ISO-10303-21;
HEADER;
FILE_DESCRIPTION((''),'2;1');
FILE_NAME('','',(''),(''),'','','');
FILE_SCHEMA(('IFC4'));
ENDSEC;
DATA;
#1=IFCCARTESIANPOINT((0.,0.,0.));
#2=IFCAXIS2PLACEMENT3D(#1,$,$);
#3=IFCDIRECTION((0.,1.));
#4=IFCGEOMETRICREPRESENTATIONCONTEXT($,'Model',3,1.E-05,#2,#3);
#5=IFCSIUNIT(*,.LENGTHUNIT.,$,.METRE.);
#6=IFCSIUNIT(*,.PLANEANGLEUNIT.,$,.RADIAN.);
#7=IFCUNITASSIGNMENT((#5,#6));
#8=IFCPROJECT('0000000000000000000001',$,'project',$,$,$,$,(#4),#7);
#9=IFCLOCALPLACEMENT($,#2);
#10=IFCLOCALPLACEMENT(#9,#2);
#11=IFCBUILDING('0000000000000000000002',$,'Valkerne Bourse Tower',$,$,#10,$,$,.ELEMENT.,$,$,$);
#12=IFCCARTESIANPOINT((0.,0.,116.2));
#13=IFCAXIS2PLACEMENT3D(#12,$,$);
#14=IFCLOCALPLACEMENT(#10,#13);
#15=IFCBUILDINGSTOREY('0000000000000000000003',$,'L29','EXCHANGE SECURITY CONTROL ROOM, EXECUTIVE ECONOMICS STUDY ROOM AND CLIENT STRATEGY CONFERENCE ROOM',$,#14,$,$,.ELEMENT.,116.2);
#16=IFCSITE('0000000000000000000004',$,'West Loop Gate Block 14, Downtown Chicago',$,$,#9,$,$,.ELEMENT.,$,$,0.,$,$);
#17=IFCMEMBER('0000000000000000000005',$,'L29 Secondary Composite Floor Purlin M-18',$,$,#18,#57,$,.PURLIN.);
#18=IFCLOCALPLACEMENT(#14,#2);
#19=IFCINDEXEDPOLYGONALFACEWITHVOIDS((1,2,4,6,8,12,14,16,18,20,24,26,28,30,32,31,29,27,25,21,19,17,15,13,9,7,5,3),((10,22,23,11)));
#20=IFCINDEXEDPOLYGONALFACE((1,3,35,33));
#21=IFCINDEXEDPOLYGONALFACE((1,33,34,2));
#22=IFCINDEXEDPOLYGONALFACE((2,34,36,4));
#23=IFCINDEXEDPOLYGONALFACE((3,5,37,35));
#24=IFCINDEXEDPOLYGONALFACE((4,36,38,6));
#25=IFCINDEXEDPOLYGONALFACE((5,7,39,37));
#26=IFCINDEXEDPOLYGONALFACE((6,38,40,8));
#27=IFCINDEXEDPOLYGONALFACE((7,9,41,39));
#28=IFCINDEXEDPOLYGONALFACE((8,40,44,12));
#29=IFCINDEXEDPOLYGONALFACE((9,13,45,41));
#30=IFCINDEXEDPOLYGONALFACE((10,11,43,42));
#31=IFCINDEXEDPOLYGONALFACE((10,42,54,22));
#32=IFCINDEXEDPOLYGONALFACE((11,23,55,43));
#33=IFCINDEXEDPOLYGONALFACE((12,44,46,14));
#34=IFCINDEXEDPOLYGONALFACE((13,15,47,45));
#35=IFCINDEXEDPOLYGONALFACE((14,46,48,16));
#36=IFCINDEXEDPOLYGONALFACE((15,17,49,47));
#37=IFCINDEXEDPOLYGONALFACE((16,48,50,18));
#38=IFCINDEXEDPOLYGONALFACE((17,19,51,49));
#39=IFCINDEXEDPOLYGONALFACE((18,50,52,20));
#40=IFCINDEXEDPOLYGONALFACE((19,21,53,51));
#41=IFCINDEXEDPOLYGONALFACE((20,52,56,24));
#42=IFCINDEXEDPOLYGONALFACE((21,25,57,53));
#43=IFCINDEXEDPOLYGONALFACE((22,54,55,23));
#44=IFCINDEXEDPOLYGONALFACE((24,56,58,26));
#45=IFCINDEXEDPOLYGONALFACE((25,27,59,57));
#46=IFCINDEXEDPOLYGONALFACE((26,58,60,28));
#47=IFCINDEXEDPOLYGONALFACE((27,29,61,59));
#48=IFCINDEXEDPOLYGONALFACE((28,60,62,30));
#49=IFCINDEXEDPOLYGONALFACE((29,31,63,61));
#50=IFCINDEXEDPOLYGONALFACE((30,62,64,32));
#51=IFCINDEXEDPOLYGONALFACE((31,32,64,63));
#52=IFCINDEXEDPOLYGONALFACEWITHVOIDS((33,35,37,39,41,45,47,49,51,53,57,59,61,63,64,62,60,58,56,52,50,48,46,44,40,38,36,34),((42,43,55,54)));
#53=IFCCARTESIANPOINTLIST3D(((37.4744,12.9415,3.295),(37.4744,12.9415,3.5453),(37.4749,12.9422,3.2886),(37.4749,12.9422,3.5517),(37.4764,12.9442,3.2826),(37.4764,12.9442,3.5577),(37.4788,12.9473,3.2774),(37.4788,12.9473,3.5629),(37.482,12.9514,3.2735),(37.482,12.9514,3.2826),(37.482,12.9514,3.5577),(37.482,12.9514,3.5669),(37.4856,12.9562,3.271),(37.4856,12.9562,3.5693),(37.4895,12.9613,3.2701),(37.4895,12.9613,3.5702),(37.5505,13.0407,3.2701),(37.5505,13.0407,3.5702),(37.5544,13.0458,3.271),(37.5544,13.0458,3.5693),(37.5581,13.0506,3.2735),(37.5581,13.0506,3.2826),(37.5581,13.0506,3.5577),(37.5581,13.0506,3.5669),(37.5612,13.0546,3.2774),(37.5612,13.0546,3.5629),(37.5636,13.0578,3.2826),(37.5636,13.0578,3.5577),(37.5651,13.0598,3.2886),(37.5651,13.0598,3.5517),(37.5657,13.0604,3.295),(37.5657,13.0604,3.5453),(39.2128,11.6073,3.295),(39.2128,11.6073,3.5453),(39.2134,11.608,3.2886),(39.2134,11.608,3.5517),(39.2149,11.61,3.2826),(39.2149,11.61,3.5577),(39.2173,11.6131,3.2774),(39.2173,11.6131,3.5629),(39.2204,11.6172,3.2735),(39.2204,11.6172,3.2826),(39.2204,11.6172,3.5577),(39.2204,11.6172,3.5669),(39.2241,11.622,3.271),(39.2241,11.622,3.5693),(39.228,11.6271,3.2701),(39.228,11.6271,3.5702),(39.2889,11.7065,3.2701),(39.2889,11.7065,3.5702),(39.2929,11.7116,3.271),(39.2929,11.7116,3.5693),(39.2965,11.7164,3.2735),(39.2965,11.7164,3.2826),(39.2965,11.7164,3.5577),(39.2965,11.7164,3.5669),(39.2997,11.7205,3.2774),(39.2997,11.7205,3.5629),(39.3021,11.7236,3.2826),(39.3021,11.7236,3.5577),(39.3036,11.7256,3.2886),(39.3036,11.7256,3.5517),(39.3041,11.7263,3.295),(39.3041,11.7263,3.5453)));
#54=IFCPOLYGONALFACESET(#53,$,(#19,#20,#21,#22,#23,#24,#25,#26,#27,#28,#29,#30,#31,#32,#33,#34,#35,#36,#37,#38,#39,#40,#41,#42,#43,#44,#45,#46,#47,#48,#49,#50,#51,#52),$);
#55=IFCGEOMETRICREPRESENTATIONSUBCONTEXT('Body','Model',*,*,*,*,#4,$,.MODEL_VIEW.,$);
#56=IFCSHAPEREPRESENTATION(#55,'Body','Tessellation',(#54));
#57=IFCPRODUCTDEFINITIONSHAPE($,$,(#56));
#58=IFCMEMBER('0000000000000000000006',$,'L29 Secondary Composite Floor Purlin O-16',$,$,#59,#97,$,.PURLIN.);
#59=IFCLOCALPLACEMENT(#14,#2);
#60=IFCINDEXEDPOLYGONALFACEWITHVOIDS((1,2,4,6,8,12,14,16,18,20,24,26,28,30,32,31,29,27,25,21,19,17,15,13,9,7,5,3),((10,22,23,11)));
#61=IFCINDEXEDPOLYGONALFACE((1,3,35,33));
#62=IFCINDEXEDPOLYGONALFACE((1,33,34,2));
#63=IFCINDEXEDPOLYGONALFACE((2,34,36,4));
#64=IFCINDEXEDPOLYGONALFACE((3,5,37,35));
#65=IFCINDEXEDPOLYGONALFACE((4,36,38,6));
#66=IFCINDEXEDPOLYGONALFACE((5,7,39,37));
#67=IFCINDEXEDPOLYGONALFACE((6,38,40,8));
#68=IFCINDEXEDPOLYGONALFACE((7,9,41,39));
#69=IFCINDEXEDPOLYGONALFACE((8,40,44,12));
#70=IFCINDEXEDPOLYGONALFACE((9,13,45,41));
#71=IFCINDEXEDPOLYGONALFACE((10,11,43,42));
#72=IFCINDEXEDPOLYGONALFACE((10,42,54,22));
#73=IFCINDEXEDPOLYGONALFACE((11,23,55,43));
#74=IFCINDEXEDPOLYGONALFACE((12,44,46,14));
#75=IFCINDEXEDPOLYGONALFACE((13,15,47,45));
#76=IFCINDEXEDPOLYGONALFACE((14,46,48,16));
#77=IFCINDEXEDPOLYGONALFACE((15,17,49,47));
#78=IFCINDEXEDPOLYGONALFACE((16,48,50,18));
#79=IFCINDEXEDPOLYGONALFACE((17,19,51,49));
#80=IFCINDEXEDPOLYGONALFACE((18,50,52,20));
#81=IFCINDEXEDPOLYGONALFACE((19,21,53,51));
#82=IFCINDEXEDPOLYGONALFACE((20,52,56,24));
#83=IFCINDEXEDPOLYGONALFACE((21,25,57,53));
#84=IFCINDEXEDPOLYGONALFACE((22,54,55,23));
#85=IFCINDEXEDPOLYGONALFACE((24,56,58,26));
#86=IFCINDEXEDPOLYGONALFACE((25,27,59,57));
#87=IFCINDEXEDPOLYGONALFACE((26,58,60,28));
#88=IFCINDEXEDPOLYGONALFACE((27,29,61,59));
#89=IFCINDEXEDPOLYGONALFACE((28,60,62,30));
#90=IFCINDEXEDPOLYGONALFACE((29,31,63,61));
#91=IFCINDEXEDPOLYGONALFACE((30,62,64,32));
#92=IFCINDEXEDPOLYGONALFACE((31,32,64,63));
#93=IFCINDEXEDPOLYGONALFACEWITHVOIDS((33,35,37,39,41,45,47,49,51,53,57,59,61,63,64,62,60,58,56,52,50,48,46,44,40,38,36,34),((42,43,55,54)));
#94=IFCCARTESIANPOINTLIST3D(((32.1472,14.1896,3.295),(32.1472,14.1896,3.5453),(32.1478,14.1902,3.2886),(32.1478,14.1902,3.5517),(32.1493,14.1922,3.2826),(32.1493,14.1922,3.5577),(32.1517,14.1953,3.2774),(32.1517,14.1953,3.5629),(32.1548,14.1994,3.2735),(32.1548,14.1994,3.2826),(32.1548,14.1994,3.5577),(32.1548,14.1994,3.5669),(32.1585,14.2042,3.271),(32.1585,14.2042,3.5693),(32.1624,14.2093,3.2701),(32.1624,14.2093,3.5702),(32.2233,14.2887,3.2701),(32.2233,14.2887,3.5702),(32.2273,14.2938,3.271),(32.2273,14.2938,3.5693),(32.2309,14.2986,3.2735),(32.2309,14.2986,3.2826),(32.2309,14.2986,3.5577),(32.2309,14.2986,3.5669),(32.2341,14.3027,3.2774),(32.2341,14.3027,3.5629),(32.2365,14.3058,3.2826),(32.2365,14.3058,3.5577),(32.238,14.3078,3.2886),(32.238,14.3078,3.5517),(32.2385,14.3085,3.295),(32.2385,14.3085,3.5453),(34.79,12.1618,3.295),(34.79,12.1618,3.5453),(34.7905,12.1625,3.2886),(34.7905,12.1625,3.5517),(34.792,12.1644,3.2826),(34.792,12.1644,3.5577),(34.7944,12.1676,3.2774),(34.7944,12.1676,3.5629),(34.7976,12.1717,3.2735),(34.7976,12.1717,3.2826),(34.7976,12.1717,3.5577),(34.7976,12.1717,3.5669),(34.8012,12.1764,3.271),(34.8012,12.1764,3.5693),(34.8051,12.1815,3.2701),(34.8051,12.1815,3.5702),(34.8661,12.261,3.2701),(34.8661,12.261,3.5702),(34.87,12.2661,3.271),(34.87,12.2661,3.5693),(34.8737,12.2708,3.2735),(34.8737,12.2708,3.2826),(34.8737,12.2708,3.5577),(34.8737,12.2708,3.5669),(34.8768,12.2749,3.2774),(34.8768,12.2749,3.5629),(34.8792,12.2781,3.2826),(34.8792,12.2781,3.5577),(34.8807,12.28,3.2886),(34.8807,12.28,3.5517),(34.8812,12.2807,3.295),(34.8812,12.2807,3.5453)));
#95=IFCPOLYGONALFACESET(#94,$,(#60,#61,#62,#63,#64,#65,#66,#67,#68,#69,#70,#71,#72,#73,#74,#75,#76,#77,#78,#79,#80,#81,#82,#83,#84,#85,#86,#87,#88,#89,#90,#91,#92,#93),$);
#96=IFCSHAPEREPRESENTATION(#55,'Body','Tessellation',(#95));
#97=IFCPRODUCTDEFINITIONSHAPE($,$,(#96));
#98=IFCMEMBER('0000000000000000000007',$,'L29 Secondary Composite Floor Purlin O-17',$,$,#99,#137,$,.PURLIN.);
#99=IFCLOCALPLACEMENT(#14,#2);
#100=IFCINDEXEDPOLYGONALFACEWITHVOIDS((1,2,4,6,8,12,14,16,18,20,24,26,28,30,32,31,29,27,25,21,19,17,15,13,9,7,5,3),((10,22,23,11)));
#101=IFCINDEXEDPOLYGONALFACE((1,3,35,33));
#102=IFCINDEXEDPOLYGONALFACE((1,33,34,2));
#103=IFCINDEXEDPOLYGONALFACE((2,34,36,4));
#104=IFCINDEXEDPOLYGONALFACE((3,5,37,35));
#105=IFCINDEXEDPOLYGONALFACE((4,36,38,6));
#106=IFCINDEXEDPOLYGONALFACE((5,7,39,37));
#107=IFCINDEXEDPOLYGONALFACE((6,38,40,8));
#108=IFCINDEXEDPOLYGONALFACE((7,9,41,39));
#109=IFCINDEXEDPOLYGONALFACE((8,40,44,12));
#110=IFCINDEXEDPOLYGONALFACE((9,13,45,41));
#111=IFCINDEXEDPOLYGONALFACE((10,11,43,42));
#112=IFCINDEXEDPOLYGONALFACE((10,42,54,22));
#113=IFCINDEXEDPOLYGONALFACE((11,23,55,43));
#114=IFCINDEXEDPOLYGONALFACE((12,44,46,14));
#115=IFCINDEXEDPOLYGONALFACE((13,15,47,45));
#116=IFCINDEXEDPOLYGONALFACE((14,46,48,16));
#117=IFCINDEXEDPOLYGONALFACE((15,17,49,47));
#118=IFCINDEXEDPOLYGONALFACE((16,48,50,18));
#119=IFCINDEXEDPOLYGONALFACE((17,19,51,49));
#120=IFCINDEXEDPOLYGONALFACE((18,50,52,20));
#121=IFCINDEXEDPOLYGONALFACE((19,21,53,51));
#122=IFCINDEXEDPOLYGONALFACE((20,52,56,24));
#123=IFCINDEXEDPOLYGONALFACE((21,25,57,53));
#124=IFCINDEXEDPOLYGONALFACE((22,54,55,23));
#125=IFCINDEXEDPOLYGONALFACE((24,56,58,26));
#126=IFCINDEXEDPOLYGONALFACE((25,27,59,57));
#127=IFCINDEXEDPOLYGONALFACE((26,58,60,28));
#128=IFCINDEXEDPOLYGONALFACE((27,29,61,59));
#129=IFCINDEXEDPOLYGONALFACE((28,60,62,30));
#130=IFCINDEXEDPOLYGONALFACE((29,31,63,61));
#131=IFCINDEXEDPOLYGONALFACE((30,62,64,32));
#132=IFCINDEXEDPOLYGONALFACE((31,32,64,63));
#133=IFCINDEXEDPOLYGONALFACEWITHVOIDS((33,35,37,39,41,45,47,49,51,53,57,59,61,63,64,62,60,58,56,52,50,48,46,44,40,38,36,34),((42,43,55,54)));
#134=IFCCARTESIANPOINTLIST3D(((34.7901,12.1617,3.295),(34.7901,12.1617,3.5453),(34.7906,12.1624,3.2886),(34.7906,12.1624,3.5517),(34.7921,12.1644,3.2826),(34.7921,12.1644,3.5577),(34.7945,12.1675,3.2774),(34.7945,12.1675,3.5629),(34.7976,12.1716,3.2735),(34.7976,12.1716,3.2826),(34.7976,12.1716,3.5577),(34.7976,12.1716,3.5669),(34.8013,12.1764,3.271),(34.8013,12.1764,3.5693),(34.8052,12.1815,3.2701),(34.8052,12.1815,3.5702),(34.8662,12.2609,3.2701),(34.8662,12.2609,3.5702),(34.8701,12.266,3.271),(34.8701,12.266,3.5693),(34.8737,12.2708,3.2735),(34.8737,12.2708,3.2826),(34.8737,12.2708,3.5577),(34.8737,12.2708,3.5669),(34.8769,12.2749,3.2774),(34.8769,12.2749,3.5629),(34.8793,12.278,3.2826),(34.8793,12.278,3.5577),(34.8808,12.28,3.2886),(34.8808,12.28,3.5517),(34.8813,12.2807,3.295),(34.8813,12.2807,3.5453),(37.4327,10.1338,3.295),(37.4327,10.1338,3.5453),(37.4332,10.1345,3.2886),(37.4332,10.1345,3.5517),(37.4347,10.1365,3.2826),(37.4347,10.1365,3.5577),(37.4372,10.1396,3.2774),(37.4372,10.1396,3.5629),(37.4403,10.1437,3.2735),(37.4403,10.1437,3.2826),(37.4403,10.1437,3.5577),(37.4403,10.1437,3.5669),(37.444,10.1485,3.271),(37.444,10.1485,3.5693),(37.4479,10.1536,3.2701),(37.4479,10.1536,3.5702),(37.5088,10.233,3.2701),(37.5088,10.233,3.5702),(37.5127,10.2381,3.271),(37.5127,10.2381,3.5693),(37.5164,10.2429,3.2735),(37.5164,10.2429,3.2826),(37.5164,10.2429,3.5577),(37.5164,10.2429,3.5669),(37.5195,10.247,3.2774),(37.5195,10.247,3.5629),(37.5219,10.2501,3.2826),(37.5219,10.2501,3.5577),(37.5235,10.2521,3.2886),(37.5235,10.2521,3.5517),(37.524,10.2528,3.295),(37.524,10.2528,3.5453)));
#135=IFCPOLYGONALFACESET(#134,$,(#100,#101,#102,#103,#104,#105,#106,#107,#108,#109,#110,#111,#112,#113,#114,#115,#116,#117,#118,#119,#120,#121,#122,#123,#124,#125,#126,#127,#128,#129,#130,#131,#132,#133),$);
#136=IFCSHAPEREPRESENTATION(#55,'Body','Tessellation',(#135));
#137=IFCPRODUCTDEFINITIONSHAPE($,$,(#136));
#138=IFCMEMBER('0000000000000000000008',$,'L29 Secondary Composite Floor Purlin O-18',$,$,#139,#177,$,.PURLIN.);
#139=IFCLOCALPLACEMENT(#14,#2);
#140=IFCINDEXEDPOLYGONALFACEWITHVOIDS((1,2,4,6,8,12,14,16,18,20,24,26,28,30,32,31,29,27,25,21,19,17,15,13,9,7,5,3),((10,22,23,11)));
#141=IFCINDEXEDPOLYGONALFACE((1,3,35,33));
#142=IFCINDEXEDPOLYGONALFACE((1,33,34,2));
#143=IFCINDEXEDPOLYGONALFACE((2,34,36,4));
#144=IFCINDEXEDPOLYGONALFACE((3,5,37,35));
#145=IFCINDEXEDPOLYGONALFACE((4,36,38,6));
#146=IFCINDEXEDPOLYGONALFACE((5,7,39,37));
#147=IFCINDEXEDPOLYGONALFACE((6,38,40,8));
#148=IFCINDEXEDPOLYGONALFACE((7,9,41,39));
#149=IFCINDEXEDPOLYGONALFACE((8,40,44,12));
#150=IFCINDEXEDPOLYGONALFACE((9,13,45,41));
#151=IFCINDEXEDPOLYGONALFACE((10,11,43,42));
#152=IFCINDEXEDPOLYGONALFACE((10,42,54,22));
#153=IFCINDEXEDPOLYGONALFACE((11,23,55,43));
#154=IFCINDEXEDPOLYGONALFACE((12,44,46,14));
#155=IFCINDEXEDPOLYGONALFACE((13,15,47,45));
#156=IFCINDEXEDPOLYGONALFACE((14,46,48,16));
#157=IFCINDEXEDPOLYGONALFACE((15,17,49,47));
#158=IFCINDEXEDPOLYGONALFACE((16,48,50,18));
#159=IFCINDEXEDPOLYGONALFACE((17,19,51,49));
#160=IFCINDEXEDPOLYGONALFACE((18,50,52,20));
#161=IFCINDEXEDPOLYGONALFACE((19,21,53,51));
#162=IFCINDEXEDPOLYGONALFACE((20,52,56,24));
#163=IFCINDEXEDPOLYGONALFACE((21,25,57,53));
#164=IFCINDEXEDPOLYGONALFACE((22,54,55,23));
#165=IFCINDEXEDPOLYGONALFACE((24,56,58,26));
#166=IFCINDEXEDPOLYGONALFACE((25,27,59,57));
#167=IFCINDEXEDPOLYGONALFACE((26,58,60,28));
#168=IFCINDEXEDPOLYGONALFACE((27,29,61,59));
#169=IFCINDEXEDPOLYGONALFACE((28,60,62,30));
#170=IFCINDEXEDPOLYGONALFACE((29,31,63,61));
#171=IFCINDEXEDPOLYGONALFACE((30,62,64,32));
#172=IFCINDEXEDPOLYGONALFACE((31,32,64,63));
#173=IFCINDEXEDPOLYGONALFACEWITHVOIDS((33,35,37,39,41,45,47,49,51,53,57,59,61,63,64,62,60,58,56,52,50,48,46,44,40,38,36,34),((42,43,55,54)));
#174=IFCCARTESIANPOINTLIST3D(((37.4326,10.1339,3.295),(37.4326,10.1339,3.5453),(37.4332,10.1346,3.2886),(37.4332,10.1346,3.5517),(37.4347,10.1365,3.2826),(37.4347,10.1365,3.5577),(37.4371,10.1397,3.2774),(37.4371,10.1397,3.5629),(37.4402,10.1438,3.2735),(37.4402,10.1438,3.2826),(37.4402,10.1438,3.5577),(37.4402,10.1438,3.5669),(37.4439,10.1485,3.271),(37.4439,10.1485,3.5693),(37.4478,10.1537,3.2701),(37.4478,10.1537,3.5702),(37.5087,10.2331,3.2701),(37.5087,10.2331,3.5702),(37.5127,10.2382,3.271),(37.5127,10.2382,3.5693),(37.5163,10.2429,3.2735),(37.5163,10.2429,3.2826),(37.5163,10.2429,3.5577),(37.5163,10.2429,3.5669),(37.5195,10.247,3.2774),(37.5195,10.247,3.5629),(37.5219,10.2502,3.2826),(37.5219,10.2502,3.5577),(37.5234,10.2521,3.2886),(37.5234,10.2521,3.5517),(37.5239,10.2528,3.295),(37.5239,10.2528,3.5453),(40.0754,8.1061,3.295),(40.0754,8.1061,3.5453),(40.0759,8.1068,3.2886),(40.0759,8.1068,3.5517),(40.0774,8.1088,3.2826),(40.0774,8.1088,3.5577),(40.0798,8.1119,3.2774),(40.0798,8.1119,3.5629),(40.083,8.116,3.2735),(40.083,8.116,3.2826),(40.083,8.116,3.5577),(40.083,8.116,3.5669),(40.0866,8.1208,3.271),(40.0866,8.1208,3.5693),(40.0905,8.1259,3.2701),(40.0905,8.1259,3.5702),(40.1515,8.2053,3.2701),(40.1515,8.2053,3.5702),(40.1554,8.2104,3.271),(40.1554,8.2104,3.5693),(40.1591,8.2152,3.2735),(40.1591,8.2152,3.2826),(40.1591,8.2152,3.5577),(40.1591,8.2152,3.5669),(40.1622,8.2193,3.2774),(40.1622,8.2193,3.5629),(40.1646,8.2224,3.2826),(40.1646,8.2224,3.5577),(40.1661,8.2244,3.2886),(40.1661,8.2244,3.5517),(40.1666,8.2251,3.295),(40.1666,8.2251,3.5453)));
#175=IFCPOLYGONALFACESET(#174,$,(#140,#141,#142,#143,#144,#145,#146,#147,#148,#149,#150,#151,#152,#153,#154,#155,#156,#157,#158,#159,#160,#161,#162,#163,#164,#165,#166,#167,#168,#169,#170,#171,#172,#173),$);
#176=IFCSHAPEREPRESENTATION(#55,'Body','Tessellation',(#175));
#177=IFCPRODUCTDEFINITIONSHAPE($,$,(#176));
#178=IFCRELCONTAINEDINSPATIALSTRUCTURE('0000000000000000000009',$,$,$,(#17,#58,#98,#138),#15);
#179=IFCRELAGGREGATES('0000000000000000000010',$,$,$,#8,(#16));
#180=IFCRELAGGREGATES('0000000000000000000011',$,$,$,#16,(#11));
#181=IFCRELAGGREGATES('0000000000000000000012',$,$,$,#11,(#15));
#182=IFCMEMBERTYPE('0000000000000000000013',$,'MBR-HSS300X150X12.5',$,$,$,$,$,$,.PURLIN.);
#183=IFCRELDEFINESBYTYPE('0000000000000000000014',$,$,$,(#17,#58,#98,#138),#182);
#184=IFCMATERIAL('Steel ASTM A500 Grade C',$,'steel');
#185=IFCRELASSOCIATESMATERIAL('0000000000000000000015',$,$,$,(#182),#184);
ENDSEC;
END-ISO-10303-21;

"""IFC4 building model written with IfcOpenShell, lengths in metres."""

from ifc_helpers import new_model, si_unit, direction, frame, origin, origin_2d, place, context, subcontext, project, spatial, hollow_rectangle, extrude, material, material_profile, profile_set, type_object, element, save


model = new_model("IFC4")

# Units and contexts
model_context = context("Model", 3, precision=1e-05, world=origin(), true_north=direction((0.0, 1.0)))
body_context = subcontext(model_context, "Body", "Model", "MODEL_VIEW")
ifc_project = project(units=[si_unit("LENGTHUNIT", "METRE"), si_unit("PLANEANGLEUNIT", "RADIAN")], contexts=[model_context])

# Site, building, storey
site_placement = place(None, origin())
site = spatial("IfcSite", under=ifc_project, at=site_placement, Name="West Loop Gate Block 14, Downtown Chicago", CompositionType="ELEMENT", RefElevation=0.0)
building_placement = place(site_placement, origin())
building = spatial("IfcBuilding", under=site, at=building_placement, Name="Valkerne Bourse Tower", CompositionType="ELEMENT")
storey_placement = place(building_placement, frame((0.0, 0.0, 116.2)))
storey = spatial("IfcBuildingStorey", under=building, at=storey_placement, Name="L29", Description="EXCHANGE SECURITY CONTROL ROOM, EXECUTIVE ECONOMICS STUDY ROOM AND CLIENT STRATEGY CONFERENCE ROOM", CompositionType="ELEMENT", Elevation=116.2)

# Members
ifc_material_1 = material(Name="Steel ASTM A500 Grade C", Category="steel")
ifc_material_profile_1 = material_profile(ifc_material_1, hollow_rectangle(XDim=0.1499, YDim=0.3, WallThickness=0.0125, OuterFilletRadius=0.0249, at=origin_2d()), Name="HSS300X150X12.5")
ifc_profile_set_1 = profile_set([ifc_material_profile_1], Name="Steel ASTM A500 Grade C")
member_type_1 = type_object("IfcMemberType", Name="MBR-HSS300X150X12.5", PredefinedType="PURLIN", material=ifc_profile_set_1)
member_1_placement = place(storey_placement, frame((37.52, 13.001, 3.4202), z_axis=(0.793307, -0.608822, 0.0), x_axis=(0.608822, 0.793307, 0.0)))
element("IfcMember", 1, at=member_1_placement, inside=storey, type_object=member_type_1, Name="L29 Secondary Composite Floor Purlin M-18", PredefinedType="PURLIN", context=body_context, shape_type="SweptSolid", body=[
    extrude(hollow_rectangle(XDim=0.1499, YDim=0.3, WallThickness=0.0125, OuterFilletRadius=0.0249, at=origin_2d()), origin(), (0.0, 0.0, 1.0), 2.1914),
])
for number, where, z_axis, x_axis, name in (
    (2, (32.1929, 14.249, 3.4202), (0.793364, -0.608747, 0.0), (0.608747, 0.793364, 0.0), "L29 Secondary Composite Floor Purlin O-16"),
    (3, (34.8357, 12.2212, 3.4202), (0.793337, -0.608782, 0.0), (0.608782, 0.793337, 0.0), "L29 Secondary Composite Floor Purlin O-17"),
    (4, (37.4783, 10.1934, 3.4202), (0.793364, -0.608747, 0.0), (0.608747, 0.793364, 0.0), "L29 Secondary Composite Floor Purlin O-18"),
):
    element("IfcMember", number, at=place(storey_placement, frame(where, z_axis=z_axis, x_axis=x_axis)), inside=storey, type_object=member_type_1, Name=name, PredefinedType="PURLIN", context=body_context, shape_type="SweptSolid", body=[
        extrude(hollow_rectangle(XDim=0.1499, YDim=0.3, WallThickness=0.0125, OuterFilletRadius=0.0249, at=origin_2d()), origin(), (0.0, 0.0, 1.0), 3.3311),
    ])

save(model, "model.ifc")
